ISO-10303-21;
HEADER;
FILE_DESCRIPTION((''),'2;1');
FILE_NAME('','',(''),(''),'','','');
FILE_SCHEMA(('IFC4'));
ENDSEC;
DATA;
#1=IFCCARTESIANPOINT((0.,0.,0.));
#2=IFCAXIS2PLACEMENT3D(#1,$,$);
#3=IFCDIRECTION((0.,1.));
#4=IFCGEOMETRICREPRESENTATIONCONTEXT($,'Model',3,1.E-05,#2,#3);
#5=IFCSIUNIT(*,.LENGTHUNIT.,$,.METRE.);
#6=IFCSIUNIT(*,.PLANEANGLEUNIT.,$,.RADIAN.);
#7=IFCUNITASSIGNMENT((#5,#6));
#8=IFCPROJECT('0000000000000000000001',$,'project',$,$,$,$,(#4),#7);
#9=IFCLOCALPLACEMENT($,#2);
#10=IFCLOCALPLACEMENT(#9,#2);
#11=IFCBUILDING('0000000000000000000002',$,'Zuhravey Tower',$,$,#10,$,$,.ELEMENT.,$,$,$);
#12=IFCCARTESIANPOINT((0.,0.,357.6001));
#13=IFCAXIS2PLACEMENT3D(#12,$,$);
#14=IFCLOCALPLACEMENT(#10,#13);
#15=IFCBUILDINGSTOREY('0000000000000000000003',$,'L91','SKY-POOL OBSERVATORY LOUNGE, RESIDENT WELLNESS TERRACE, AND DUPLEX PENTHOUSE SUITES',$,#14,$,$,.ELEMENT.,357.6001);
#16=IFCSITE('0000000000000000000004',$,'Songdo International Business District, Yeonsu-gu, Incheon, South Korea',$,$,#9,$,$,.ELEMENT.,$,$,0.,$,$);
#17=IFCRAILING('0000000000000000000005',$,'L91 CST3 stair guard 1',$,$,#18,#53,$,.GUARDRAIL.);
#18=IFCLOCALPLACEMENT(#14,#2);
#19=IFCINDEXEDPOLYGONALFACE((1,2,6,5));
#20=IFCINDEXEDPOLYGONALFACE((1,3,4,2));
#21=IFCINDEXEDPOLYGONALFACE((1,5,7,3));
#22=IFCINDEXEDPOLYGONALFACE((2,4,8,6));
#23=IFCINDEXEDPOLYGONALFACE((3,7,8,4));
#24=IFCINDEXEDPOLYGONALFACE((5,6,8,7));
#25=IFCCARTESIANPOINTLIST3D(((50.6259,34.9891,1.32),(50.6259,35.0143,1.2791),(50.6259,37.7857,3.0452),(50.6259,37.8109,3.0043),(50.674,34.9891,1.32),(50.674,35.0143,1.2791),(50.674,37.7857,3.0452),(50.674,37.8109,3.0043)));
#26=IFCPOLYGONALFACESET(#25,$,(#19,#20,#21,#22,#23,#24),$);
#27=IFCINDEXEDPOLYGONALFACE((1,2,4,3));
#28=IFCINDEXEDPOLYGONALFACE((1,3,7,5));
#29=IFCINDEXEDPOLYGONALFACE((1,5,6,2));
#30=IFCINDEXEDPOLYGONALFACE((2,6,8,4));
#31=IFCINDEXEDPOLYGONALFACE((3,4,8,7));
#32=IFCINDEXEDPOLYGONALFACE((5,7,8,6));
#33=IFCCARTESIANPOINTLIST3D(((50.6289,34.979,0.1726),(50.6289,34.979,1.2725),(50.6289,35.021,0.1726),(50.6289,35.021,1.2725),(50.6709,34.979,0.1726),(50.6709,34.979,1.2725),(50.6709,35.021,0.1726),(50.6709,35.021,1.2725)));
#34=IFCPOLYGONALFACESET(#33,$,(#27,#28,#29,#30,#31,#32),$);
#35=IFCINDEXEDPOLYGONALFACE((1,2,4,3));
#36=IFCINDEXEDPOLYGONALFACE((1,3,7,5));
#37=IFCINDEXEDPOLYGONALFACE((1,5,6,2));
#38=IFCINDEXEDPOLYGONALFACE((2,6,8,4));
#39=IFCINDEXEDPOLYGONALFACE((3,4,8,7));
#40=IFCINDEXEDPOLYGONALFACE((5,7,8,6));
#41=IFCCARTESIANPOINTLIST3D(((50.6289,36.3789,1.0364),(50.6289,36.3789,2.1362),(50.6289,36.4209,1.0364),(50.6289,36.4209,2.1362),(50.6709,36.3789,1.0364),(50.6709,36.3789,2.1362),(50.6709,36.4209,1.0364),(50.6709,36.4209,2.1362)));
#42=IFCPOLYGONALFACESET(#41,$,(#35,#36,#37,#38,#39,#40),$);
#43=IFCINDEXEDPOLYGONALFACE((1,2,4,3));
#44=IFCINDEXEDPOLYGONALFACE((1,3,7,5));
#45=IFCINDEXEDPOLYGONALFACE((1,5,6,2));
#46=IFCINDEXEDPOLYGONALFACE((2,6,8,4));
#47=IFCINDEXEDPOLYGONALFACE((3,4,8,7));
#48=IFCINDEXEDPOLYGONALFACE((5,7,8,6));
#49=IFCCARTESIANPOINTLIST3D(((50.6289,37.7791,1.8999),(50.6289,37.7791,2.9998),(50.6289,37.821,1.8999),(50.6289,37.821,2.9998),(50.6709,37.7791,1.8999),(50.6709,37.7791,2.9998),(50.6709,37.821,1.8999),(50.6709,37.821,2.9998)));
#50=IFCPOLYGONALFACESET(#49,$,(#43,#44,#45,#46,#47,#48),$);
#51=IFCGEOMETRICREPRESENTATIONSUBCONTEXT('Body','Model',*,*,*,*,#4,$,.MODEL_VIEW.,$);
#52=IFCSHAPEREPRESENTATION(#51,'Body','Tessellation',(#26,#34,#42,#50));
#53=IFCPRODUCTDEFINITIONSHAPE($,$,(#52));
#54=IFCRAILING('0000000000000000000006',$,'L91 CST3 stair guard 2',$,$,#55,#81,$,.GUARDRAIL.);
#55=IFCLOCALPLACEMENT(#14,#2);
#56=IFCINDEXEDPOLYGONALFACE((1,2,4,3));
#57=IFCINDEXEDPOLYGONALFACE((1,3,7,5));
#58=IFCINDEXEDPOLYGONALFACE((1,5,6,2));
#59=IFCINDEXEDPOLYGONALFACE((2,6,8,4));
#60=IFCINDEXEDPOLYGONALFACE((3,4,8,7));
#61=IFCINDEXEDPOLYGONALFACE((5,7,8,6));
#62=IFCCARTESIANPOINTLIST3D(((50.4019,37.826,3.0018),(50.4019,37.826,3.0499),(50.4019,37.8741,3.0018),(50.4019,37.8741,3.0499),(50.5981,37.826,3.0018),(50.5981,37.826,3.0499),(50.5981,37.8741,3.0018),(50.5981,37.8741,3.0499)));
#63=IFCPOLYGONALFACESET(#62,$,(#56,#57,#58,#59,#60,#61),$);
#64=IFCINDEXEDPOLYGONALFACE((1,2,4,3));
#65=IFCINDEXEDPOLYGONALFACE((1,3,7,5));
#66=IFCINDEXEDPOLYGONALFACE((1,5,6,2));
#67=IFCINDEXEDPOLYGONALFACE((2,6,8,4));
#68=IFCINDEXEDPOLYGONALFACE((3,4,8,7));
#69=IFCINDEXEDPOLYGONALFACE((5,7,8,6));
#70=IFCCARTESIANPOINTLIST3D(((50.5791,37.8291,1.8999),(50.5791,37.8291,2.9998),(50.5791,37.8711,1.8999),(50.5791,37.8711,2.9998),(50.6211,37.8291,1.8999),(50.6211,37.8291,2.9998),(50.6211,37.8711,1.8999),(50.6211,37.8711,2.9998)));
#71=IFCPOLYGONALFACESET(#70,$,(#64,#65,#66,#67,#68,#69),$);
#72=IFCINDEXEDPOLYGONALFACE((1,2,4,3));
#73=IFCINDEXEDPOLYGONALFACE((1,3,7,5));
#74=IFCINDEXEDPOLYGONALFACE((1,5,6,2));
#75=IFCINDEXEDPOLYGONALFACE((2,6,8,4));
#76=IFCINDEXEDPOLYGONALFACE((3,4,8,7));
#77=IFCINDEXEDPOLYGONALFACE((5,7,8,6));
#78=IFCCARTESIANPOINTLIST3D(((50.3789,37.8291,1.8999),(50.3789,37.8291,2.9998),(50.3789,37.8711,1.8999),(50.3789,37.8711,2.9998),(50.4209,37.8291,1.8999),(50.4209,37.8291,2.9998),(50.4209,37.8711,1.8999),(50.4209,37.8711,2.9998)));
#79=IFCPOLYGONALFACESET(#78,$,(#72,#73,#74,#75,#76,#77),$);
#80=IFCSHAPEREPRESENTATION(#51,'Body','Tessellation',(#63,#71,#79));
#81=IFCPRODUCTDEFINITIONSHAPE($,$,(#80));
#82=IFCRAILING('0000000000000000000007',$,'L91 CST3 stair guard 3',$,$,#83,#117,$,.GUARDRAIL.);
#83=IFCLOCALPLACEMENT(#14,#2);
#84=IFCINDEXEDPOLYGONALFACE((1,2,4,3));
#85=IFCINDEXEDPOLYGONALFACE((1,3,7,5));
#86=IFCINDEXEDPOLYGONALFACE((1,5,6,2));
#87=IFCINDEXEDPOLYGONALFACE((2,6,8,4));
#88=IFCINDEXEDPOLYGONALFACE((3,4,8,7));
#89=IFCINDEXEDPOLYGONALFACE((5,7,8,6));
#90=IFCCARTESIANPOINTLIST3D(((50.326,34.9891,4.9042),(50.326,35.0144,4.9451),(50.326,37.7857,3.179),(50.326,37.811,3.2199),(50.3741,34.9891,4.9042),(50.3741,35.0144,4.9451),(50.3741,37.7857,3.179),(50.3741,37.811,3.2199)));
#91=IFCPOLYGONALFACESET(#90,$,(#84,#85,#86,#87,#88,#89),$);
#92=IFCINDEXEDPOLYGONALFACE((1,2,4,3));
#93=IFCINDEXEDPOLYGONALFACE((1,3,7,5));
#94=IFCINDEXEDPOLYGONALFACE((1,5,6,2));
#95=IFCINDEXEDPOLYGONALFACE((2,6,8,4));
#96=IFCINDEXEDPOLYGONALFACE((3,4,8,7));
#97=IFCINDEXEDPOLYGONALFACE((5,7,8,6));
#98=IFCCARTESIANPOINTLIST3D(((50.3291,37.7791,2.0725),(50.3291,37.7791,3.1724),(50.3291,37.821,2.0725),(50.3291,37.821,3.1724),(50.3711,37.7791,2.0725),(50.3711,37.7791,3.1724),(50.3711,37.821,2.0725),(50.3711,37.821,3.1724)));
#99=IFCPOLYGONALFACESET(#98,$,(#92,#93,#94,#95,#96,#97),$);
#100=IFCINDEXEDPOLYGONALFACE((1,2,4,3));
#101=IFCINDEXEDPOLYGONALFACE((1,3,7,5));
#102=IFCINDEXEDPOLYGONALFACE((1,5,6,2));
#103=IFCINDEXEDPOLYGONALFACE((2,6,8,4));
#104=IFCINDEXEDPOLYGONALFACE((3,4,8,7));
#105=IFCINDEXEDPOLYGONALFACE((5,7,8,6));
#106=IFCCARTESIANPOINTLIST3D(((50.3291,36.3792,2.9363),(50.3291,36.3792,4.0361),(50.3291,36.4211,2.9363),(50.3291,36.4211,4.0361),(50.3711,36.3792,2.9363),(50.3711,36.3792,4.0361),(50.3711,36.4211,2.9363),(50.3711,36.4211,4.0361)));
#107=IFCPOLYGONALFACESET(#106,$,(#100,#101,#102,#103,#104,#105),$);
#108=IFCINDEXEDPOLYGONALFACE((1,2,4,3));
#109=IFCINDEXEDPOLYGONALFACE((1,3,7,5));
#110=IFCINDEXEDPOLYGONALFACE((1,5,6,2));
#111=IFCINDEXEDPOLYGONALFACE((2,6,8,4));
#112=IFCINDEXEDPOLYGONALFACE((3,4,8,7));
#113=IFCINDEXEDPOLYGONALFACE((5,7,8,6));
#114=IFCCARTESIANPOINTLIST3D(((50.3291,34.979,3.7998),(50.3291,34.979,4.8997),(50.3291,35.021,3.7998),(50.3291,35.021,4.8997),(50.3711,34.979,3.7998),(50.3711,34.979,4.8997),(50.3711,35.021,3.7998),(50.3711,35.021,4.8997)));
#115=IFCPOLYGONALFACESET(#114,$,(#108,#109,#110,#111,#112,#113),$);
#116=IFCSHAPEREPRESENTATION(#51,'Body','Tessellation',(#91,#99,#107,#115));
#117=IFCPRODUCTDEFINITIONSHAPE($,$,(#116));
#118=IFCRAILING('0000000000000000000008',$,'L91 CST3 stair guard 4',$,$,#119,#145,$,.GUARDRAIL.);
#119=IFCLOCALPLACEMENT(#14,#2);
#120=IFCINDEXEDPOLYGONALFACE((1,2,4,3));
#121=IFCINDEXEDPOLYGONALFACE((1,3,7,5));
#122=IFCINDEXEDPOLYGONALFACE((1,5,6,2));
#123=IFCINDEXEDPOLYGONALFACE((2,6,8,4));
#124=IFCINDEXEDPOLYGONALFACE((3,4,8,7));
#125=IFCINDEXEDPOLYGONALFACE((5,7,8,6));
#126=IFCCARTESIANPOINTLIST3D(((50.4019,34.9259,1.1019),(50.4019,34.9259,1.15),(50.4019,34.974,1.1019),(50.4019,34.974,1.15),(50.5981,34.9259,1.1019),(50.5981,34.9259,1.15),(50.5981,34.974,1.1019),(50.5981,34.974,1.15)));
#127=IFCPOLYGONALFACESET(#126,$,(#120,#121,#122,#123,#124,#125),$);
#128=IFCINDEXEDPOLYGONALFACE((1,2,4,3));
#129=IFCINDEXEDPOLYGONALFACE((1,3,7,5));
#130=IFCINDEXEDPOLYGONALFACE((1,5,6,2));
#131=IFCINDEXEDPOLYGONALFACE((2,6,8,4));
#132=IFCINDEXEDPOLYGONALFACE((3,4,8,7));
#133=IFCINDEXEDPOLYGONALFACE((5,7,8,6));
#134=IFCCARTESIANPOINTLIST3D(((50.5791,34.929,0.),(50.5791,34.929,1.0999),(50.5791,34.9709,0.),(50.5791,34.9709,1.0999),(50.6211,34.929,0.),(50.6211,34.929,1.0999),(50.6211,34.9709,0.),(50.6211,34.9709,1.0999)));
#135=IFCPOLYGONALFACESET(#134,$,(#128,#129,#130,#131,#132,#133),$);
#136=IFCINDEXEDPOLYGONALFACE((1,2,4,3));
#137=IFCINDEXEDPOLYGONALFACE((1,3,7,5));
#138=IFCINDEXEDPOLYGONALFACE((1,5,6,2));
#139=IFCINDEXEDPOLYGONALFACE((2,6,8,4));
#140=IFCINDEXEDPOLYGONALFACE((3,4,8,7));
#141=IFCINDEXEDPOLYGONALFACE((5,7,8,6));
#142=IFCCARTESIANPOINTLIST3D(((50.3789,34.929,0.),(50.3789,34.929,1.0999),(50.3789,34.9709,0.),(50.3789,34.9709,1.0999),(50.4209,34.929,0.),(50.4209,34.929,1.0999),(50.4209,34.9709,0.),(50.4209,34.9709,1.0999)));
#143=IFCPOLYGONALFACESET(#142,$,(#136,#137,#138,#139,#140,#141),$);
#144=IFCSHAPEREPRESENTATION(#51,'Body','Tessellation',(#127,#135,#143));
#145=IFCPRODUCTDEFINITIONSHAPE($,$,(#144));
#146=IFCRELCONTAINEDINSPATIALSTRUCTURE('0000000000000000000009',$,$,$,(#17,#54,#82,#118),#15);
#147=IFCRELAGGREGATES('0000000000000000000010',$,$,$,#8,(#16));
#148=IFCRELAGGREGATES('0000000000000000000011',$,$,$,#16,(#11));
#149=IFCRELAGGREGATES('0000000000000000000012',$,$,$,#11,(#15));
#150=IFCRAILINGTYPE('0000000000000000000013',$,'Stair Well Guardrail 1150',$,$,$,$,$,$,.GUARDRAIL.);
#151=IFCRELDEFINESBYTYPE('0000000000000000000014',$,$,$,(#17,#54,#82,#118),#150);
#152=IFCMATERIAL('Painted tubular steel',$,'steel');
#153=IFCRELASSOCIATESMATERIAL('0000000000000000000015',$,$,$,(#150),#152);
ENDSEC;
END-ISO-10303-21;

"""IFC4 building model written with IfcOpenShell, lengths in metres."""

from ifc_helpers import new_model, si_unit, direction, frame, origin, origin_2d, place, context, subcontext, project, spatial, rectangle, extrude, material, type_object, element, save


model = new_model("IFC4")

# Units and contexts
model_context = context("Model", 3, precision=1e-05, world=origin(), true_north=direction((0.0, 1.0)))
body_context = subcontext(model_context, "Body", "Model", "MODEL_VIEW")
ifc_project = project(units=[si_unit("LENGTHUNIT", "METRE"), si_unit("PLANEANGLEUNIT", "RADIAN")], contexts=[model_context])

# Site, building, storey
site_placement = place(None, origin())
site = spatial("IfcSite", under=ifc_project, at=site_placement, Name="Songdo International Business District, Yeonsu-gu, Incheon, South Korea", CompositionType="ELEMENT", RefElevation=0.0)
building_placement = place(site_placement, origin())
building = spatial("IfcBuilding", under=site, at=building_placement, Name="Zuhravey Tower", CompositionType="ELEMENT")
storey_placement = place(building_placement, frame((0.0, 0.0, 357.6001)))
storey = spatial("IfcBuildingStorey", under=building, at=storey_placement, Name="L91", Description="SKY-POOL OBSERVATORY LOUNGE, RESIDENT WELLNESS TERRACE, AND DUPLEX PENTHOUSE SUITES", CompositionType="ELEMENT", Elevation=357.6001)

# Railings
ifc_material_1 = material(Name="Painted tubular steel", Category="steel")
railing_type_1 = type_object("IfcRailingType", Name="Stair Well Guardrail 1150", PredefinedType="GUARDRAIL", material=ifc_material_1)
railing_1_placement = place(storey_placement, frame((50.6499, 35.0, 0.1726)))
element("IfcRailing", 1, at=railing_1_placement, inside=storey, type_object=railing_type_1, Name="L91 CST3 stair guard 1", PredefinedType="GUARDRAIL", context=body_context, shape_type="SweptSolid", body=[
    extrude(rectangle(XDim=0.0481, YDim=0.0481, at=origin_2d()), frame((0.0, 0.0017, 1.127), z_axis=(0.0, 0.85109, 0.52502), x_axis=(-1.0, 0.0, 0.0)), (0.0, 0.0, 1.0), 3.2859),
    extrude(rectangle(XDim=0.042, YDim=0.042, at=origin_2d()), origin(), (0.0, 0.0, 1.0), 1.0999),
    extrude(rectangle(XDim=0.042, YDim=0.042, at=origin_2d()), frame((0.0, 1.3999, 0.8638)), (0.0, 0.0, 1.0), 1.0999),
    extrude(rectangle(XDim=0.042, YDim=0.042, at=origin_2d()), frame((0.0, 2.8, 1.7273)), (0.0, 0.0, 1.0), 1.0999),
])
railing_2_placement = place(storey_placement, frame((50.6001, 37.8501, 1.8999)))
element("IfcRailing", 2, at=railing_2_placement, inside=storey, type_object=railing_type_1, Name="L91 CST3 stair guard 2", PredefinedType="GUARDRAIL", context=body_context, shape_type="SweptSolid", body=[
    extrude(rectangle(XDim=0.0481, YDim=0.0481, at=origin_2d()), frame((-0.002, 0.0, 1.126), z_axis=(-1.0, 0.0, 0.0), x_axis=(0.0, -1.0, 0.0)), (0.0, 0.0, 1.0), 0.1963),
    extrude(rectangle(XDim=0.042, YDim=0.042, at=origin_2d()), origin(), (0.0, 0.0, 1.0), 1.0999),
    extrude(rectangle(XDim=0.042, YDim=0.042, at=origin_2d()), frame((-0.2002, 0.0, 0.0)), (0.0, 0.0, 1.0), 1.0999),
])
railing_3_placement = place(storey_placement, frame((50.3501, 37.8, 2.0725)))
element("IfcRailing", 3, at=railing_3_placement, inside=storey, type_object=railing_type_1, Name="L91 CST3 stair guard 3", PredefinedType="GUARDRAIL", context=body_context, shape_type="SweptSolid", body=[
    extrude(rectangle(XDim=0.0481, YDim=0.0481, at=origin_2d()), frame((0.0, -0.0017, 1.127), z_axis=(0.0, -0.85109, 0.52502), x_axis=(1.0, 0.0, 0.0)), (0.0, 0.0, 1.0), 3.2859),
    extrude(rectangle(XDim=0.042, YDim=0.042, at=origin_2d()), origin(), (0.0, 0.0, 1.0), 1.0999),
    extrude(rectangle(XDim=0.042, YDim=0.042, at=origin_2d()), frame((0.0, -1.3999, 0.8638)), (0.0, 0.0, 1.0), 1.0999),
    extrude(rectangle(XDim=0.042, YDim=0.042, at=origin_2d()), frame((0.0, -2.8, 1.7273)), (0.0, 0.0, 1.0), 1.0999),
])
railing_4_placement = place(storey_placement, frame((50.6001, 34.95, 0.0)))
element("IfcRailing", 4, at=railing_4_placement, inside=storey, type_object=railing_type_1, Name="L91 CST3 stair guard 4", PredefinedType="GUARDRAIL", context=body_context, shape_type="SweptSolid", body=[
    extrude(rectangle(XDim=0.0481, YDim=0.0481, at=origin_2d()), frame((-0.002, 0.0, 1.126), z_axis=(-1.0, 0.0, 0.0), x_axis=(0.0, -1.0, 0.0)), (0.0, 0.0, 1.0), 0.1963),
    extrude(rectangle(XDim=0.042, YDim=0.042, at=origin_2d()), origin(), (0.0, 0.0, 1.0), 1.0999),
    extrude(rectangle(XDim=0.042, YDim=0.042, at=origin_2d()), frame((-0.2002, 0.0, 0.0)), (0.0, 0.0, 1.0), 1.0999),
])

save(model, "model.ifc")
